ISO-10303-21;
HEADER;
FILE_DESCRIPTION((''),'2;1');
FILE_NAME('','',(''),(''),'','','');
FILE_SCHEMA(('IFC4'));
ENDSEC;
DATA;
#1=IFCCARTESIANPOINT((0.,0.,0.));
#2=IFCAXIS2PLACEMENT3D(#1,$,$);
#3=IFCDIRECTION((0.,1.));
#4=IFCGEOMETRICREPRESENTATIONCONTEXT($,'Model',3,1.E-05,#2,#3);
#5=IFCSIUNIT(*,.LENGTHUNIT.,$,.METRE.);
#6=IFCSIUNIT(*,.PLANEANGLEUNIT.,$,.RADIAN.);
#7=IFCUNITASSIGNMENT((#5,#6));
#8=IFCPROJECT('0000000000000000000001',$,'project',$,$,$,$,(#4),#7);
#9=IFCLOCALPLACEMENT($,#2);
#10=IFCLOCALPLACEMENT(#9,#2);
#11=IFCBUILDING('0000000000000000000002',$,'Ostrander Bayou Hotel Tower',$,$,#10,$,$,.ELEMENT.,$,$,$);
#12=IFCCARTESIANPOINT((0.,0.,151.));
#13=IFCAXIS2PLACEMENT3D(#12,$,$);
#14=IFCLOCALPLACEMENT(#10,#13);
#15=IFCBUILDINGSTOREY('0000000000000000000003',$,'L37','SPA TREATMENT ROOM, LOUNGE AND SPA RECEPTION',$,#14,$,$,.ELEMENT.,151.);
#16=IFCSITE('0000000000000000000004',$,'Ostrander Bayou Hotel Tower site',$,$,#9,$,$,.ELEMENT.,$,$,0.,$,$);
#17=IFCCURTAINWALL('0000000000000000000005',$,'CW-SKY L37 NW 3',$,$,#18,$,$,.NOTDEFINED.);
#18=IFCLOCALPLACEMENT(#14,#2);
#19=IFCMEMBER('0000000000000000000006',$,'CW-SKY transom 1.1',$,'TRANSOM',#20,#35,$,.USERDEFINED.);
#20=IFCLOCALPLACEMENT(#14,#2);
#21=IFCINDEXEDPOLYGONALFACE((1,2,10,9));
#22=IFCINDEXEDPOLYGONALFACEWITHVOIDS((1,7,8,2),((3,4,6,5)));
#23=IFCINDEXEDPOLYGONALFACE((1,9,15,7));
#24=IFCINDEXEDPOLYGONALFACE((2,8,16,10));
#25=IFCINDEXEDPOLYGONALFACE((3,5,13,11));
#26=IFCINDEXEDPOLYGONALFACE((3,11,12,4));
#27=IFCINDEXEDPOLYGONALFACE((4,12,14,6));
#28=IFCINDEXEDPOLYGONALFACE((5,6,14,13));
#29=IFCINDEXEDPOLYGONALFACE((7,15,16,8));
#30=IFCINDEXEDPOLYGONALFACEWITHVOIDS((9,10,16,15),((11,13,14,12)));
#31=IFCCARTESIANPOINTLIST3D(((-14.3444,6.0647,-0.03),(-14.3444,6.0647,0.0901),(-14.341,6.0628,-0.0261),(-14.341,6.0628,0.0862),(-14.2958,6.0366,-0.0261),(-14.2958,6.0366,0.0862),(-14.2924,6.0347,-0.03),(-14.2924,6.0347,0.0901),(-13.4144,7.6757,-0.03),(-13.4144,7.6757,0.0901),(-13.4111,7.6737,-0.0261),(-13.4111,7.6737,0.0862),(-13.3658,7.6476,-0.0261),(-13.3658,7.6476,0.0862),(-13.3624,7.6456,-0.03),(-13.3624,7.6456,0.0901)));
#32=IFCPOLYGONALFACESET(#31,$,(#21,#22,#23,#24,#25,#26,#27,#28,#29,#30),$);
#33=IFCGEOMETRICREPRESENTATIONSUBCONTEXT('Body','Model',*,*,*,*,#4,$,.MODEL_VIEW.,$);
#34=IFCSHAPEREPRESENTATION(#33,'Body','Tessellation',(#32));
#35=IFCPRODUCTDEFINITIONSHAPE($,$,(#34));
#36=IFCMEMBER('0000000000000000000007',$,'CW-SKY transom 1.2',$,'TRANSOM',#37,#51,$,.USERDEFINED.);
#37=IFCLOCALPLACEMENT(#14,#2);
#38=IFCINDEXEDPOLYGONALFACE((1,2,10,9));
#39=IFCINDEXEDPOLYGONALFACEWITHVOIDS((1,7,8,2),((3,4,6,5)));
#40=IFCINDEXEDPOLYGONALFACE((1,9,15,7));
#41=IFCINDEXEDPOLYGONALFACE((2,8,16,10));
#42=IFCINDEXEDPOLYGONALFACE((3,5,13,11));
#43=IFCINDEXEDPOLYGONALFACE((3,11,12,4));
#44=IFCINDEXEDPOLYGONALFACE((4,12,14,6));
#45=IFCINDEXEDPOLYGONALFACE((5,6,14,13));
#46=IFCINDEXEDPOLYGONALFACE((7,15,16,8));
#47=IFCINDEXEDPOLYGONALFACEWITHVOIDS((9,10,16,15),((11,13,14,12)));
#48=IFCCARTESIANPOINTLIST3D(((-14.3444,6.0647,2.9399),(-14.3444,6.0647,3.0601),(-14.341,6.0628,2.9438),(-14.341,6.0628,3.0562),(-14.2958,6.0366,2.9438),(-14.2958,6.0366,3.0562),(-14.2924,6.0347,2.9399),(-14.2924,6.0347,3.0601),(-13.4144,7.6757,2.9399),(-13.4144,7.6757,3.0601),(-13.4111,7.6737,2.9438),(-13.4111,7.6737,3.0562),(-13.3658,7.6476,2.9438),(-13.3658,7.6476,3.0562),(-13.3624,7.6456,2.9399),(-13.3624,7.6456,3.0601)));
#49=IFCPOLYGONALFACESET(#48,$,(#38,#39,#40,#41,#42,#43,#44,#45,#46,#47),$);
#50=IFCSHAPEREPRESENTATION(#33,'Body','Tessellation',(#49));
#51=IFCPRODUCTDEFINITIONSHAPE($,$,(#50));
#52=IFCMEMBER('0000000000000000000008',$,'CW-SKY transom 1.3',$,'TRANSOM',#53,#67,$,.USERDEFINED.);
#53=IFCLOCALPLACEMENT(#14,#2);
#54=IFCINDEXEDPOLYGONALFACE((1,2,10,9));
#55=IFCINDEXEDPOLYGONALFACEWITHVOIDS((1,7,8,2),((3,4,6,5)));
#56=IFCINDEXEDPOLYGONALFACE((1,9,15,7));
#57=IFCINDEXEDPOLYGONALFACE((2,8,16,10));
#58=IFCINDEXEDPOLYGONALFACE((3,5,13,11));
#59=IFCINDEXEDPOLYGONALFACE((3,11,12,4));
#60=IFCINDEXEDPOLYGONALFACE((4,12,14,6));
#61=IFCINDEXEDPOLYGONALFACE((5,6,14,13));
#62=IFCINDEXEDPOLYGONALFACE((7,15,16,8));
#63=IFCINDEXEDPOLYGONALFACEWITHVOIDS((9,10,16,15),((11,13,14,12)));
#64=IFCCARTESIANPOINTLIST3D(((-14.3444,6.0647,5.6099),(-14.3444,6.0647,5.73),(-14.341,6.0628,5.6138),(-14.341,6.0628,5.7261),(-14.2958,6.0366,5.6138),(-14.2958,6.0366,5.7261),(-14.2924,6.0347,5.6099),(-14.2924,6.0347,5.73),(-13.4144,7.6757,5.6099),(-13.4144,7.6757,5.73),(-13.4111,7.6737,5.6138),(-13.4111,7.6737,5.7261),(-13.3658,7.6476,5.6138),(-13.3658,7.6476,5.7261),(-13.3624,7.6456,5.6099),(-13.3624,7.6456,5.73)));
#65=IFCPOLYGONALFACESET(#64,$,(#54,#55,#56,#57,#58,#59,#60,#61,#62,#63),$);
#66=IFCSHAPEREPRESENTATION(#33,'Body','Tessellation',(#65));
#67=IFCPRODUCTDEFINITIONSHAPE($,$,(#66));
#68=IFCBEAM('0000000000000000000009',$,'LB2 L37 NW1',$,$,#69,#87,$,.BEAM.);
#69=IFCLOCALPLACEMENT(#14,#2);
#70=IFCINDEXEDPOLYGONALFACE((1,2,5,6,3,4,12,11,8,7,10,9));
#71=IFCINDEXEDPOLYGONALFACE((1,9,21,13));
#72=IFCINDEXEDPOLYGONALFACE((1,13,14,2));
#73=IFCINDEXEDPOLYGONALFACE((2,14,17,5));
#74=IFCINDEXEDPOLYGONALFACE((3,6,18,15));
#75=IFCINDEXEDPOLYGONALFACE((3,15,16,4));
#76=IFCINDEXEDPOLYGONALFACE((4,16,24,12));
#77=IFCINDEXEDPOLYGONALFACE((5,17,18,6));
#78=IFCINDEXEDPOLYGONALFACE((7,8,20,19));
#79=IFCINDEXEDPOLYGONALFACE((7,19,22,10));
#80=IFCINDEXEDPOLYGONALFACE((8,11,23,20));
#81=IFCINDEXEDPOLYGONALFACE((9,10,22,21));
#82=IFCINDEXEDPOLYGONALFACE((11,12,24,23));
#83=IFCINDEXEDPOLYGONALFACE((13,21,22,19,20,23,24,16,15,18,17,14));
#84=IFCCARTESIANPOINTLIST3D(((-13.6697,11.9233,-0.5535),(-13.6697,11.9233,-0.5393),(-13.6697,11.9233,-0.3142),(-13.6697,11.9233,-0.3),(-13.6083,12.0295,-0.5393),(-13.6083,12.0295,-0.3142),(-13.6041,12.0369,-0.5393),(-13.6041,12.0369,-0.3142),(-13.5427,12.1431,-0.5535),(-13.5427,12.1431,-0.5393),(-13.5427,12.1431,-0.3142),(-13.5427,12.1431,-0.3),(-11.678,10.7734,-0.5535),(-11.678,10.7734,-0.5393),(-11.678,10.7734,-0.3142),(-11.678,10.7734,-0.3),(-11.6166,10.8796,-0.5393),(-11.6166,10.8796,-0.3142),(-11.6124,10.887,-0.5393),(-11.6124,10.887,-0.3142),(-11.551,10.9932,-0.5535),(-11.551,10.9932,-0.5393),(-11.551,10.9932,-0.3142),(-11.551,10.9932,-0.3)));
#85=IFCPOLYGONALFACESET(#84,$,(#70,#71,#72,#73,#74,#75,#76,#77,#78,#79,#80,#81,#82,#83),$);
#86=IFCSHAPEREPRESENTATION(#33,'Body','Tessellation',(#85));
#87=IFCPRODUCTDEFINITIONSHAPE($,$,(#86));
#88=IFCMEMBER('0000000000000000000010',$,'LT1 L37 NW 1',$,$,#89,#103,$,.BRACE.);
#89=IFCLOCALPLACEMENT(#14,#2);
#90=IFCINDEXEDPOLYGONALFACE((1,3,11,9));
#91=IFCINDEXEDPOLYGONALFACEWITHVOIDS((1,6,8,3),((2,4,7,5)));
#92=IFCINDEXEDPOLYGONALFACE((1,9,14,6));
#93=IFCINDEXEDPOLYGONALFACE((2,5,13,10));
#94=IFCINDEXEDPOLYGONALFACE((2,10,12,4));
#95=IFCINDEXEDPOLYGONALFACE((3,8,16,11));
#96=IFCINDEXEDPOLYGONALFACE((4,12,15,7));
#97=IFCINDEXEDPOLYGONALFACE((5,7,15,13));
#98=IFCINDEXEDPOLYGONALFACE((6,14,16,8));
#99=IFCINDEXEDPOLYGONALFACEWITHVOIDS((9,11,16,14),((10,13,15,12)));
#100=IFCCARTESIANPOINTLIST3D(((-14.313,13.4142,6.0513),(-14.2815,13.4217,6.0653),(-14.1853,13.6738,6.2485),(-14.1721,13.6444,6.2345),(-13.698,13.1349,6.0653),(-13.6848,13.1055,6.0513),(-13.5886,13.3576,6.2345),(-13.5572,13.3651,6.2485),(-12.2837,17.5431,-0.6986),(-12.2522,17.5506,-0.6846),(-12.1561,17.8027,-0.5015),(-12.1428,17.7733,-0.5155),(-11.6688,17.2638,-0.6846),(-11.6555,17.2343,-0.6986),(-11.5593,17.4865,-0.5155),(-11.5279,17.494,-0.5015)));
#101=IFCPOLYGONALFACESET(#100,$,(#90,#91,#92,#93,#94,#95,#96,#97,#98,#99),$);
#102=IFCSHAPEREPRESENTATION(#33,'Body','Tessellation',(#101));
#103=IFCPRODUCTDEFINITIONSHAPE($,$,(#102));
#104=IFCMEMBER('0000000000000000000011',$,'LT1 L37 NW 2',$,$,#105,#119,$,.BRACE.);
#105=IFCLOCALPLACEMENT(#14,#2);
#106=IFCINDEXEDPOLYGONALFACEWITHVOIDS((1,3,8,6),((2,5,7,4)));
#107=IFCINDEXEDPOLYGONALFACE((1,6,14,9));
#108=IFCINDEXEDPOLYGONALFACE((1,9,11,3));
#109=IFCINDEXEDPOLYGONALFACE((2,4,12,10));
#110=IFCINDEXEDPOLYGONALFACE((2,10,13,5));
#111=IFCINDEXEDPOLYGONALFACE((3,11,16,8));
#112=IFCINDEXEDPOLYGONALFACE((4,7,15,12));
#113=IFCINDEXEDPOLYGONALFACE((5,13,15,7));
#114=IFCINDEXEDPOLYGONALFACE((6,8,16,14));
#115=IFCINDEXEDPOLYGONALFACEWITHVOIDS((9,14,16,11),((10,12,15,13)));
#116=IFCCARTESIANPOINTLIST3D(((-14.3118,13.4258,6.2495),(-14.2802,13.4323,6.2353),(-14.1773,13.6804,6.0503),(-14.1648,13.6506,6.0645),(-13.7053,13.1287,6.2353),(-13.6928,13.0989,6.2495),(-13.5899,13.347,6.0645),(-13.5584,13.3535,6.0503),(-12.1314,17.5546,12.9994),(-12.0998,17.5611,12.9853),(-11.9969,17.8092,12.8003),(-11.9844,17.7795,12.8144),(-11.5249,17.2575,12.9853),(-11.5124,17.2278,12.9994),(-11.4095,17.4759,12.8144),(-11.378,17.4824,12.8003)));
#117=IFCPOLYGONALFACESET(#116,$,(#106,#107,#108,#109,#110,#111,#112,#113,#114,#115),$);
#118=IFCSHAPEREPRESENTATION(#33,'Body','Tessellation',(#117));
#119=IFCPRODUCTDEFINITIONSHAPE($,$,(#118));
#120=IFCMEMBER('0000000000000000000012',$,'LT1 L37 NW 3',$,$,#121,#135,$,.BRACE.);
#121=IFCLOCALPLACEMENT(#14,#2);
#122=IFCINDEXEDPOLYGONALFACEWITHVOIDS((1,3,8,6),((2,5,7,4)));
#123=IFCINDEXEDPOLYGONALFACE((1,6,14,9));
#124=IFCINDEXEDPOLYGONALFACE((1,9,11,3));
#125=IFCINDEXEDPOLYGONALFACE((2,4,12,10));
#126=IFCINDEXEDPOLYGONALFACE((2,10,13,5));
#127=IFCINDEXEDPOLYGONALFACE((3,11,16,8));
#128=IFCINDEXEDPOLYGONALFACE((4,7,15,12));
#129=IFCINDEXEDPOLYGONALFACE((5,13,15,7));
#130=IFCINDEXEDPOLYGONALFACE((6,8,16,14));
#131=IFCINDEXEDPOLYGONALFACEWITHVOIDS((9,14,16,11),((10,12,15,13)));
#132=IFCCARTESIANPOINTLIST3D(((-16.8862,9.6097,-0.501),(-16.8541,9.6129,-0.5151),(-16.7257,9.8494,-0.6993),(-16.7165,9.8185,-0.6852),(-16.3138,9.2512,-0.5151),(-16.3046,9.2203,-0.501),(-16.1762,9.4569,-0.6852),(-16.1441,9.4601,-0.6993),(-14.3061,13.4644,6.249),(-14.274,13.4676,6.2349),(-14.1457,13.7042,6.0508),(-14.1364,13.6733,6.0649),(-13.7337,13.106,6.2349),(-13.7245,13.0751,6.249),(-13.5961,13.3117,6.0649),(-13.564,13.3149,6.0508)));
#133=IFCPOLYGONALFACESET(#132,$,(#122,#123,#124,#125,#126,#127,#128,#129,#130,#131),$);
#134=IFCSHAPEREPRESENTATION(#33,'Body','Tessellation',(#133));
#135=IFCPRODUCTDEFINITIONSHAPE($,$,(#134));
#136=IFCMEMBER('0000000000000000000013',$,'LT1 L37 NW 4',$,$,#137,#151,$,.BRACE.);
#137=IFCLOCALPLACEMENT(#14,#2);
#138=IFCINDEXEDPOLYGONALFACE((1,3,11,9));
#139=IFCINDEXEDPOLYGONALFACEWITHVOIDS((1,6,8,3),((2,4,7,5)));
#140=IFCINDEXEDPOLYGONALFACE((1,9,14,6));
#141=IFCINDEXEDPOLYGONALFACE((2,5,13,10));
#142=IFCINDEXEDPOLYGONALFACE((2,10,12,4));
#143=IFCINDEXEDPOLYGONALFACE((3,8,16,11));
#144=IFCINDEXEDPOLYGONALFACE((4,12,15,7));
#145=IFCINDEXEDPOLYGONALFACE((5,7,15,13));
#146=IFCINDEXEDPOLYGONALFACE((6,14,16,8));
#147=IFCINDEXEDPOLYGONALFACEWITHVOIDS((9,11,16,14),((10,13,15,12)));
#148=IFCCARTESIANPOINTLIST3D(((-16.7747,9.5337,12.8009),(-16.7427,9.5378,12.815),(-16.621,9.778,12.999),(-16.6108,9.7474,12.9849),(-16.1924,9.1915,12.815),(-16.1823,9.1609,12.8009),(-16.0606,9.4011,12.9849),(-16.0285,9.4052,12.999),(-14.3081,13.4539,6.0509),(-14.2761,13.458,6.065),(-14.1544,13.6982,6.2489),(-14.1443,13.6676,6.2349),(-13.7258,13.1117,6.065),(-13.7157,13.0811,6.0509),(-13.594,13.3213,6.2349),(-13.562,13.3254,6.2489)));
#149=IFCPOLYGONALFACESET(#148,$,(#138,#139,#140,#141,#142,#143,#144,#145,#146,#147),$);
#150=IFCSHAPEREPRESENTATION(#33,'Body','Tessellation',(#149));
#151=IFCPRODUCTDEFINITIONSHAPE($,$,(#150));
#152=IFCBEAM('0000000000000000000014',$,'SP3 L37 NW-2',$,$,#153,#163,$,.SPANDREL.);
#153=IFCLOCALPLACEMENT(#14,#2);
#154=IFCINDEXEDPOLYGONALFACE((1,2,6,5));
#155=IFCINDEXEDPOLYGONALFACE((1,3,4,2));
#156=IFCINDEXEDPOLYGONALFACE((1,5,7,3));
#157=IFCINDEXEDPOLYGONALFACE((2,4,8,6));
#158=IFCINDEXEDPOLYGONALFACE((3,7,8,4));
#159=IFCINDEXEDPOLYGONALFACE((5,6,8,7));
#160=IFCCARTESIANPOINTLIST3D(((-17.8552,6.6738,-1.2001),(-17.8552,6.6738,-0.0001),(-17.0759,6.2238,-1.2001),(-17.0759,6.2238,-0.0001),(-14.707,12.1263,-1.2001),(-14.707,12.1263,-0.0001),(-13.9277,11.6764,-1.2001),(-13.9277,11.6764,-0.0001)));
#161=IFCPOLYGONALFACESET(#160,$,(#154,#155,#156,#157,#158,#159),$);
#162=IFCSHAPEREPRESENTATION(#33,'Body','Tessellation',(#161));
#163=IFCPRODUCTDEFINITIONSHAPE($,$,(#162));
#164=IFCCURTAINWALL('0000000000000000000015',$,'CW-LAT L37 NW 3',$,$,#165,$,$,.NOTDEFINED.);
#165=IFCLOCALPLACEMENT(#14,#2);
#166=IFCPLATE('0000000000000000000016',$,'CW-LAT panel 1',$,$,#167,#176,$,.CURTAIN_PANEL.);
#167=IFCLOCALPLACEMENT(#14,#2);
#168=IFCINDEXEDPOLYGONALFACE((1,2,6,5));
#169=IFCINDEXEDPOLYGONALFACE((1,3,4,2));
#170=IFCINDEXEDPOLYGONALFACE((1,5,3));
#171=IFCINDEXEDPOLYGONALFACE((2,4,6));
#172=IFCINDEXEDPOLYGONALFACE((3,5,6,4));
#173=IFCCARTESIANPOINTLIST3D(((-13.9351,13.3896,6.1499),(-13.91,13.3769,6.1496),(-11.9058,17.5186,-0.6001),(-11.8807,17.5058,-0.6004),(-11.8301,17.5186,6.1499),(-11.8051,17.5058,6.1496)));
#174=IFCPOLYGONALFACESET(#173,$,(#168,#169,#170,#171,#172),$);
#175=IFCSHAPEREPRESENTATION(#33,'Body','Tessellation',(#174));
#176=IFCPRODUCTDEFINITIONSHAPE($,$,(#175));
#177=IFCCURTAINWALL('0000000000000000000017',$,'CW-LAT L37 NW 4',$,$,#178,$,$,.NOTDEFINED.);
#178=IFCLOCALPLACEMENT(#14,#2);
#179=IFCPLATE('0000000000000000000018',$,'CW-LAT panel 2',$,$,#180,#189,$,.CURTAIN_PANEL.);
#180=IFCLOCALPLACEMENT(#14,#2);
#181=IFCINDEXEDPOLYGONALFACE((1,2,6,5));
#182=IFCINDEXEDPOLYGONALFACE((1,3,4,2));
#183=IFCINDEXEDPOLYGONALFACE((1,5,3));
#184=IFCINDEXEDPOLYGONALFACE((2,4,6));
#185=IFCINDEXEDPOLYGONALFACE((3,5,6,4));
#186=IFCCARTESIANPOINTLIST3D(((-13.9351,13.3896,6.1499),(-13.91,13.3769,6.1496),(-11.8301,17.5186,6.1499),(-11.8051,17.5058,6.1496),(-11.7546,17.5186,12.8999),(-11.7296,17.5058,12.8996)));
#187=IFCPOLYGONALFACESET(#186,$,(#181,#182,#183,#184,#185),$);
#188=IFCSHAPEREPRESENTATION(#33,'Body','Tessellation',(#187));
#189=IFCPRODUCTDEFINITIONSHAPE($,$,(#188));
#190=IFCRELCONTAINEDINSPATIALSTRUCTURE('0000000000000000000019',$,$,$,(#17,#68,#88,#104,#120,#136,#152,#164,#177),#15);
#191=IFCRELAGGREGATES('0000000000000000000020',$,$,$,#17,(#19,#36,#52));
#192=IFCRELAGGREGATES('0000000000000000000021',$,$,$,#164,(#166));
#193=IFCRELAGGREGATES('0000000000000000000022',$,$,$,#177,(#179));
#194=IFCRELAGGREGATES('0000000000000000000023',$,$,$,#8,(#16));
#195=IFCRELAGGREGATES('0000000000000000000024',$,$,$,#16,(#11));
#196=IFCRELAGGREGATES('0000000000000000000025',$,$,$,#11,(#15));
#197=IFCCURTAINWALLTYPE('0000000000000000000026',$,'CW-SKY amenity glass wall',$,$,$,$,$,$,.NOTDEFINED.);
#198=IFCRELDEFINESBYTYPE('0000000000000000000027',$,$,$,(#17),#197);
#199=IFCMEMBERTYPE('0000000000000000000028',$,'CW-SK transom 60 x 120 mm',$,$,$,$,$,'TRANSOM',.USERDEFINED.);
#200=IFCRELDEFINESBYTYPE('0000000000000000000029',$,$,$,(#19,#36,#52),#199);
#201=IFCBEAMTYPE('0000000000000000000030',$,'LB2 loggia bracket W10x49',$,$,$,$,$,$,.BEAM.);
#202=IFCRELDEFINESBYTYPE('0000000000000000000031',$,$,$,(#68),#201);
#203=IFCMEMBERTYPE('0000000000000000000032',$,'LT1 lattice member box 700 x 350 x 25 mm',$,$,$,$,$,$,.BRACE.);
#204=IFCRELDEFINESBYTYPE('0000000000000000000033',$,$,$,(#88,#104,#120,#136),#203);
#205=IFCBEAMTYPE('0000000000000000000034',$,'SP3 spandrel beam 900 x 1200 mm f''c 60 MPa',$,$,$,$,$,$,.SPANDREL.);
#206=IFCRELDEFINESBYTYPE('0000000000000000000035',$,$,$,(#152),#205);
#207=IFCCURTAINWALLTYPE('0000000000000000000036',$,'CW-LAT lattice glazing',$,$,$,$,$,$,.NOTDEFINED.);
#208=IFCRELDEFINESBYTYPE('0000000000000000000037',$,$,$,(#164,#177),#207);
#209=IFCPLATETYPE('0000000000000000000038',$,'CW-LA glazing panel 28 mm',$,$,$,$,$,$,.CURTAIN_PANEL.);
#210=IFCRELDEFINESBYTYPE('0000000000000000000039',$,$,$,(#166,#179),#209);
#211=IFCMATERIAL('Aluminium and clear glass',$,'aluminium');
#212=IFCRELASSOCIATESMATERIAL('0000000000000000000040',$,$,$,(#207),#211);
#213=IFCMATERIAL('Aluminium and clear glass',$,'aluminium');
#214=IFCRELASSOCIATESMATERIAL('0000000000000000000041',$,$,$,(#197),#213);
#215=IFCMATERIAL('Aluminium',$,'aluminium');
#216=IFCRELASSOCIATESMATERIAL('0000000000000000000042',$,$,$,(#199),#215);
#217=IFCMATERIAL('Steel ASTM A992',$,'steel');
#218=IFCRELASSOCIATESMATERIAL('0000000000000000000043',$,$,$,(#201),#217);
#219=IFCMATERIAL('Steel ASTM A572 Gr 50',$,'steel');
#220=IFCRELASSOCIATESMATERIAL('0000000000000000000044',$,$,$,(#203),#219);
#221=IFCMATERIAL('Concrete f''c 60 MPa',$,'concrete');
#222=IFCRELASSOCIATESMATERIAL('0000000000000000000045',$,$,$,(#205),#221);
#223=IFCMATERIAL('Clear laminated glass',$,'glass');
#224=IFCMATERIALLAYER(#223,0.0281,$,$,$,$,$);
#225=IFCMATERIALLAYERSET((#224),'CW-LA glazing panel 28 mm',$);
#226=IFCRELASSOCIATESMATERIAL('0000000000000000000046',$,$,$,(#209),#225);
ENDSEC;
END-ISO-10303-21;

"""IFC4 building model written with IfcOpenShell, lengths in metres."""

from ifc_helpers import new_model, si_unit, direction, frame, origin, origin_2d, place, context, subcontext, project, spatial, polyline, rectangle, hollow_rectangle, i_section, outline, extrude, material, layer, layer_set, material_profile, profile_set, type_object, element, aggregate, save


model = new_model("IFC4")

# Units and contexts
model_context = context("Model", 3, precision=1e-05, world=origin(), true_north=direction((0.0, 1.0)))
body_context = subcontext(model_context, "Body", "Model", "MODEL_VIEW")
ifc_project = project(units=[si_unit("LENGTHUNIT", "METRE"), si_unit("PLANEANGLEUNIT", "RADIAN")], contexts=[model_context])

# Site, building, storey
site_placement = place(None, origin())
site = spatial("IfcSite", under=ifc_project, at=site_placement, Name="Ostrander Bayou Hotel Tower site", CompositionType="ELEMENT", RefElevation=0.0)
building_placement = place(site_placement, origin())
building = spatial("IfcBuilding", under=site, at=building_placement, Name="Ostrander Bayou Hotel Tower", CompositionType="ELEMENT")
storey_placement = place(building_placement, frame((0.0, 0.0, 151.0)))
storey = spatial("IfcBuildingStorey", under=building, at=storey_placement, Name="L37", Description="SPA TREATMENT ROOM, LOUNGE AND SPA RECEPTION", CompositionType="ELEMENT", Elevation=151.0)

# Shared definitions
ifc_material_1 = material(Name="Aluminium and clear glass", Category="aluminium")
curtain_wall_type_1 = type_object("IfcCurtainWallType", Name="CW-LAT lattice glazing", PredefinedType="NOTDEFINED", material=ifc_material_1)

# Shared definitions
ifc_material_2 = material(Name="Aluminium and clear glass", Category="aluminium")
curtain_wall_type_2 = type_object("IfcCurtainWallType", Name="CW-SKY amenity glass wall", PredefinedType="NOTDEFINED", material=ifc_material_2)

# Curtain wall, members
curtain_wall_1_placement = place(storey_placement, origin())
curtain_wall_1 = element("IfcCurtainWall", 1, at=curtain_wall_1_placement, inside=storey, type_object=curtain_wall_type_2, Name="CW-SKY L37 NW 3", PredefinedType="NOTDEFINED")
ifc_material_3 = material(Name="Aluminium", Category="aluminium")
ifc_material_profile_1 = material_profile(ifc_material_3, hollow_rectangle(XDim=0.0601, YDim=0.1201, WallThickness=0.0039, at=origin_2d()))
ifc_profile_set_1 = profile_set([ifc_material_profile_1], Name="Aluminium")
member_type_1 = type_object("IfcMemberType", Name="CW-SK transom 60 x 120 mm", ElementType="TRANSOM", PredefinedType="USERDEFINED", material=ifc_profile_set_1)
member_1_placement = place(storey_placement, frame((-13.3884, 7.6606, 0.03), z_axis=(-0.499965, -0.866046, 0.0), x_axis=(0.866046, -0.499965, 0.0)))
member_1 = element("IfcMember", 2, at=member_1_placement, type_object=member_type_1, Name="CW-SKY transom 1.1", ObjectType="TRANSOM", PredefinedType="USERDEFINED", context=body_context, shape_type="SweptSolid", body=[
    extrude(hollow_rectangle(XDim=0.0601, YDim=0.1201, WallThickness=0.0039, at=origin_2d()), origin(), (0.0, 0.0, 1.0), 1.8601),
])
member_2_placement = place(storey_placement, frame((-13.3884, 7.6606, 3.0), z_axis=(-0.499965, -0.866046, 0.0), x_axis=(0.866046, -0.499965, 0.0)))
member_2 = element("IfcMember", 3, at=member_2_placement, type_object=member_type_1, Name="CW-SKY transom 1.2", ObjectType="TRANSOM", PredefinedType="USERDEFINED", context=body_context, shape_type="SweptSolid", body=[
    extrude(hollow_rectangle(XDim=0.0601, YDim=0.1201, WallThickness=0.0039, at=origin_2d()), origin(), (0.0, 0.0, 1.0), 1.8601),
])
member_3_placement = place(storey_placement, frame((-13.3884, 7.6606, 5.6699), z_axis=(-0.499965, -0.866046, 0.0), x_axis=(0.866046, -0.499965, 0.0)))
member_3 = element("IfcMember", 4, at=member_3_placement, type_object=member_type_1, Name="CW-SKY transom 1.3", ObjectType="TRANSOM", PredefinedType="USERDEFINED", context=body_context, shape_type="SweptSolid", body=[
    extrude(hollow_rectangle(XDim=0.0601, YDim=0.1201, WallThickness=0.0039, at=origin_2d()), origin(), (0.0, 0.0, 1.0), 1.8601),
])
aggregate(curtain_wall_1, [member_1, member_2, member_3])

# Beam
ifc_material_4 = material(Name="Steel ASTM A992", Category="steel")
ifc_material_profile_2 = material_profile(ifc_material_4, i_section(OverallWidth=0.2539, OverallDepth=0.2534, WebThickness=0.0085, FlangeThickness=0.0142, at=origin_2d()))
ifc_profile_set_2 = profile_set([ifc_material_profile_2], Name="Steel ASTM A992")
beam_type_1 = type_object("IfcBeamType", Name="LB2 loggia bracket W10x49", PredefinedType="BEAM", material=ifc_profile_set_2)
beam_1_placement = place(storey_placement, frame((-13.6062, 12.0332, -0.4268), z_axis=(0.866026, -0.499998, 0.0), x_axis=(0.499998, 0.866026, 0.0)))
element("IfcBeam", 5, at=beam_1_placement, inside=storey, type_object=beam_type_1, Name="LB2 L37 NW1", PredefinedType="BEAM", context=body_context, shape_type="SweptSolid", body=[
    extrude(i_section(OverallWidth=0.2539, OverallDepth=0.2534, WebThickness=0.0085, FlangeThickness=0.0142, at=origin_2d()), origin(), (0.0, 0.0, 1.0), 2.2998),
])

# Members
ifc_material_5 = material(Name="Steel ASTM A572 Gr 50", Category="steel")
ifc_material_profile_3 = material_profile(ifc_material_5, hollow_rectangle(XDim=0.7, YDim=0.3501, WallThickness=0.0249, at=origin_2d()))
ifc_profile_set_3 = profile_set([ifc_material_profile_3], Name="Steel ASTM A572 Gr 50")
member_type_2 = type_object("IfcMemberType", Name="LT1 lattice member box 700 x 350 x 25 mm", PredefinedType="BRACE", material=ifc_profile_set_3)
member_4_placement = place(storey_placement, frame((-13.9351, 13.3896, 6.1499), z_axis=(0.248422, 0.505452, -0.82632), x_axis=(-0.897463, 0.44109, 0.0)))
element("IfcMember", 6, at=member_4_placement, inside=storey, type_object=member_type_2, Name="LT1 L37 NW 1", PredefinedType="BRACE", context=body_context, shape_type="SweptSolid", body=[
    extrude(hollow_rectangle(XDim=0.7, YDim=0.3501, WallThickness=0.0249, at=origin_2d()), origin(), (0.0, 0.0, 1.0), 8.1687),
])
member_5_placement = place(storey_placement, frame((-13.9351, 13.3896, 6.1499), z_axis=(0.265659, 0.503059, 0.822409), x_axis=(-0.884272, 0.466972, 0.0)))
element("IfcMember", 7, at=member_5_placement, inside=storey, type_object=member_type_2, Name="LT1 L37 NW 2", PredefinedType="BRACE", context=body_context, shape_type="SweptSolid", body=[
    extrude(hollow_rectangle(XDim=0.7, YDim=0.3501, WallThickness=0.0249, at=origin_2d()), origin(), (0.0, 0.0, 1.0), 8.2075),
])
member_6_placement = place(storey_placement, frame((-13.9351, 13.3896, 6.1499), z_axis=(-0.315023, -0.470656, -0.824162), x_axis=(0.831029, -0.55623, 0.0)))
element("IfcMember", 8, at=member_6_placement, inside=storey, type_object=member_type_2, Name="LT1 L37 NW 3", PredefinedType="BRACE", context=body_context, shape_type="SweptSolid", body=[
    extrude(hollow_rectangle(XDim=0.7, YDim=0.3501, WallThickness=0.0249, at=origin_2d()), origin(), (0.0, 0.0, 1.0), 8.1902),
])
member_7_placement = place(storey_placement, frame((-13.9351, 13.3896, 6.1499), z_axis=(-0.301306, -0.478874, 0.824557), x_axis=(0.846398, -0.53255, 0.0)))
element("IfcMember", 9, at=member_7_placement, inside=storey, type_object=member_type_2, Name="LT1 L37 NW 4", PredefinedType="BRACE", context=body_context, shape_type="SweptSolid", body=[
    extrude(hollow_rectangle(XDim=0.7, YDim=0.3501, WallThickness=0.0249, at=origin_2d()), origin(), (0.0, 0.0, 1.0), 8.1863),
])

# Beam
ifc_material_6 = material(Name="Concrete f'c 60 MPa", Category="concrete")
ifc_material_profile_4 = material_profile(ifc_material_6, rectangle(XDim=0.8999, YDim=1.2, at=origin_2d()))
ifc_profile_set_4 = profile_set([ifc_material_profile_4], Name="Concrete f'c 60 MPa")
beam_type_2 = type_object("IfcBeamType", Name="SP3 spandrel beam 900 x 1200 mm f'c 60 MPa", PredefinedType="SPANDREL", material=ifc_profile_set_4)
beam_2_placement = place(storey_placement, frame((-14.3174, 11.9014, -0.6001), z_axis=(-0.500013, -0.866018, 0.0), x_axis=(0.866018, -0.500013, 0.0)))
element("IfcBeam", 10, at=beam_2_placement, inside=storey, type_object=beam_type_2, Name="SP3 L37 NW-2", PredefinedType="SPANDREL", context=body_context, shape_type="SweptSolid", body=[
    extrude(rectangle(XDim=0.8999, YDim=1.2, at=origin_2d()), origin(), (0.0, 0.0, 1.0), 6.2961),
])

# Curtain walls, plates
curtain_wall_2_placement = place(storey_placement, origin())
curtain_wall_2 = element("IfcCurtainWall", 11, at=curtain_wall_2_placement, inside=storey, type_object=curtain_wall_type_1, Name="CW-LAT L37 NW 3", PredefinedType="NOTDEFINED")
ifc_material_7 = material(Name="Clear laminated glass", Category="glass")
ifc_layer_1 = layer(ifc_material_7, 0.0281)
ifc_layer_set_1 = layer_set([ifc_layer_1], Name="CW-LA glazing panel 28 mm")
plate_type = type_object("IfcPlateType", Name="CW-LA glazing panel 28 mm", PredefinedType="CURTAIN_PANEL", material=ifc_layer_set_1)
plate_1_placement = place(storey_placement, frame((-13.9351, 13.3896, 6.1499), z_axis=(-0.890858, 0.454173, 0.009989), x_axis=(0.248422, 0.505452, -0.82632)))
plate_1 = element("IfcPlate", 12, at=plate_1_placement, type_object=plate_type, Name="CW-LAT panel 1", PredefinedType="CURTAIN_PANEL", context=body_context, shape_type="SweptSolid", body=[
    extrude(outline(polyline([(0.0, 0.0), (8.1687, 0.0), (2.6099, -3.8298), (0.0, 0.0)])), origin(), (0.0, 0.0, -1.0), 0.0281),
])
aggregate(curtain_wall_2, [plate_1])
curtain_wall_3_placement = place(storey_placement, origin())
curtain_wall_3 = element("IfcCurtainWall", 13, at=curtain_wall_3_placement, inside=storey, type_object=curtain_wall_type_1, Name="CW-LAT L37 NW 4", PredefinedType="NOTDEFINED")
plate_2_placement = place(storey_placement, frame((-13.9351, 13.3896, 6.1499), z_axis=(-0.890858, 0.454173, 0.009956), x_axis=(0.265659, 0.503059, 0.822409)))
plate_2 = element("IfcPlate", 14, at=plate_2_placement, type_object=plate_type, Name="CW-LAT panel 2", PredefinedType="CURTAIN_PANEL", context=body_context, shape_type="SweptSolid", body=[
    extrude(outline(polyline([(0.0, 0.0), (8.2076, 0.0), (2.6363, 3.8117), (0.0, 0.0)])), origin(), (0.0, 0.0, -1.0), 0.0281),
])
aggregate(curtain_wall_3, [plate_2])

save(model, "model.ifc")
